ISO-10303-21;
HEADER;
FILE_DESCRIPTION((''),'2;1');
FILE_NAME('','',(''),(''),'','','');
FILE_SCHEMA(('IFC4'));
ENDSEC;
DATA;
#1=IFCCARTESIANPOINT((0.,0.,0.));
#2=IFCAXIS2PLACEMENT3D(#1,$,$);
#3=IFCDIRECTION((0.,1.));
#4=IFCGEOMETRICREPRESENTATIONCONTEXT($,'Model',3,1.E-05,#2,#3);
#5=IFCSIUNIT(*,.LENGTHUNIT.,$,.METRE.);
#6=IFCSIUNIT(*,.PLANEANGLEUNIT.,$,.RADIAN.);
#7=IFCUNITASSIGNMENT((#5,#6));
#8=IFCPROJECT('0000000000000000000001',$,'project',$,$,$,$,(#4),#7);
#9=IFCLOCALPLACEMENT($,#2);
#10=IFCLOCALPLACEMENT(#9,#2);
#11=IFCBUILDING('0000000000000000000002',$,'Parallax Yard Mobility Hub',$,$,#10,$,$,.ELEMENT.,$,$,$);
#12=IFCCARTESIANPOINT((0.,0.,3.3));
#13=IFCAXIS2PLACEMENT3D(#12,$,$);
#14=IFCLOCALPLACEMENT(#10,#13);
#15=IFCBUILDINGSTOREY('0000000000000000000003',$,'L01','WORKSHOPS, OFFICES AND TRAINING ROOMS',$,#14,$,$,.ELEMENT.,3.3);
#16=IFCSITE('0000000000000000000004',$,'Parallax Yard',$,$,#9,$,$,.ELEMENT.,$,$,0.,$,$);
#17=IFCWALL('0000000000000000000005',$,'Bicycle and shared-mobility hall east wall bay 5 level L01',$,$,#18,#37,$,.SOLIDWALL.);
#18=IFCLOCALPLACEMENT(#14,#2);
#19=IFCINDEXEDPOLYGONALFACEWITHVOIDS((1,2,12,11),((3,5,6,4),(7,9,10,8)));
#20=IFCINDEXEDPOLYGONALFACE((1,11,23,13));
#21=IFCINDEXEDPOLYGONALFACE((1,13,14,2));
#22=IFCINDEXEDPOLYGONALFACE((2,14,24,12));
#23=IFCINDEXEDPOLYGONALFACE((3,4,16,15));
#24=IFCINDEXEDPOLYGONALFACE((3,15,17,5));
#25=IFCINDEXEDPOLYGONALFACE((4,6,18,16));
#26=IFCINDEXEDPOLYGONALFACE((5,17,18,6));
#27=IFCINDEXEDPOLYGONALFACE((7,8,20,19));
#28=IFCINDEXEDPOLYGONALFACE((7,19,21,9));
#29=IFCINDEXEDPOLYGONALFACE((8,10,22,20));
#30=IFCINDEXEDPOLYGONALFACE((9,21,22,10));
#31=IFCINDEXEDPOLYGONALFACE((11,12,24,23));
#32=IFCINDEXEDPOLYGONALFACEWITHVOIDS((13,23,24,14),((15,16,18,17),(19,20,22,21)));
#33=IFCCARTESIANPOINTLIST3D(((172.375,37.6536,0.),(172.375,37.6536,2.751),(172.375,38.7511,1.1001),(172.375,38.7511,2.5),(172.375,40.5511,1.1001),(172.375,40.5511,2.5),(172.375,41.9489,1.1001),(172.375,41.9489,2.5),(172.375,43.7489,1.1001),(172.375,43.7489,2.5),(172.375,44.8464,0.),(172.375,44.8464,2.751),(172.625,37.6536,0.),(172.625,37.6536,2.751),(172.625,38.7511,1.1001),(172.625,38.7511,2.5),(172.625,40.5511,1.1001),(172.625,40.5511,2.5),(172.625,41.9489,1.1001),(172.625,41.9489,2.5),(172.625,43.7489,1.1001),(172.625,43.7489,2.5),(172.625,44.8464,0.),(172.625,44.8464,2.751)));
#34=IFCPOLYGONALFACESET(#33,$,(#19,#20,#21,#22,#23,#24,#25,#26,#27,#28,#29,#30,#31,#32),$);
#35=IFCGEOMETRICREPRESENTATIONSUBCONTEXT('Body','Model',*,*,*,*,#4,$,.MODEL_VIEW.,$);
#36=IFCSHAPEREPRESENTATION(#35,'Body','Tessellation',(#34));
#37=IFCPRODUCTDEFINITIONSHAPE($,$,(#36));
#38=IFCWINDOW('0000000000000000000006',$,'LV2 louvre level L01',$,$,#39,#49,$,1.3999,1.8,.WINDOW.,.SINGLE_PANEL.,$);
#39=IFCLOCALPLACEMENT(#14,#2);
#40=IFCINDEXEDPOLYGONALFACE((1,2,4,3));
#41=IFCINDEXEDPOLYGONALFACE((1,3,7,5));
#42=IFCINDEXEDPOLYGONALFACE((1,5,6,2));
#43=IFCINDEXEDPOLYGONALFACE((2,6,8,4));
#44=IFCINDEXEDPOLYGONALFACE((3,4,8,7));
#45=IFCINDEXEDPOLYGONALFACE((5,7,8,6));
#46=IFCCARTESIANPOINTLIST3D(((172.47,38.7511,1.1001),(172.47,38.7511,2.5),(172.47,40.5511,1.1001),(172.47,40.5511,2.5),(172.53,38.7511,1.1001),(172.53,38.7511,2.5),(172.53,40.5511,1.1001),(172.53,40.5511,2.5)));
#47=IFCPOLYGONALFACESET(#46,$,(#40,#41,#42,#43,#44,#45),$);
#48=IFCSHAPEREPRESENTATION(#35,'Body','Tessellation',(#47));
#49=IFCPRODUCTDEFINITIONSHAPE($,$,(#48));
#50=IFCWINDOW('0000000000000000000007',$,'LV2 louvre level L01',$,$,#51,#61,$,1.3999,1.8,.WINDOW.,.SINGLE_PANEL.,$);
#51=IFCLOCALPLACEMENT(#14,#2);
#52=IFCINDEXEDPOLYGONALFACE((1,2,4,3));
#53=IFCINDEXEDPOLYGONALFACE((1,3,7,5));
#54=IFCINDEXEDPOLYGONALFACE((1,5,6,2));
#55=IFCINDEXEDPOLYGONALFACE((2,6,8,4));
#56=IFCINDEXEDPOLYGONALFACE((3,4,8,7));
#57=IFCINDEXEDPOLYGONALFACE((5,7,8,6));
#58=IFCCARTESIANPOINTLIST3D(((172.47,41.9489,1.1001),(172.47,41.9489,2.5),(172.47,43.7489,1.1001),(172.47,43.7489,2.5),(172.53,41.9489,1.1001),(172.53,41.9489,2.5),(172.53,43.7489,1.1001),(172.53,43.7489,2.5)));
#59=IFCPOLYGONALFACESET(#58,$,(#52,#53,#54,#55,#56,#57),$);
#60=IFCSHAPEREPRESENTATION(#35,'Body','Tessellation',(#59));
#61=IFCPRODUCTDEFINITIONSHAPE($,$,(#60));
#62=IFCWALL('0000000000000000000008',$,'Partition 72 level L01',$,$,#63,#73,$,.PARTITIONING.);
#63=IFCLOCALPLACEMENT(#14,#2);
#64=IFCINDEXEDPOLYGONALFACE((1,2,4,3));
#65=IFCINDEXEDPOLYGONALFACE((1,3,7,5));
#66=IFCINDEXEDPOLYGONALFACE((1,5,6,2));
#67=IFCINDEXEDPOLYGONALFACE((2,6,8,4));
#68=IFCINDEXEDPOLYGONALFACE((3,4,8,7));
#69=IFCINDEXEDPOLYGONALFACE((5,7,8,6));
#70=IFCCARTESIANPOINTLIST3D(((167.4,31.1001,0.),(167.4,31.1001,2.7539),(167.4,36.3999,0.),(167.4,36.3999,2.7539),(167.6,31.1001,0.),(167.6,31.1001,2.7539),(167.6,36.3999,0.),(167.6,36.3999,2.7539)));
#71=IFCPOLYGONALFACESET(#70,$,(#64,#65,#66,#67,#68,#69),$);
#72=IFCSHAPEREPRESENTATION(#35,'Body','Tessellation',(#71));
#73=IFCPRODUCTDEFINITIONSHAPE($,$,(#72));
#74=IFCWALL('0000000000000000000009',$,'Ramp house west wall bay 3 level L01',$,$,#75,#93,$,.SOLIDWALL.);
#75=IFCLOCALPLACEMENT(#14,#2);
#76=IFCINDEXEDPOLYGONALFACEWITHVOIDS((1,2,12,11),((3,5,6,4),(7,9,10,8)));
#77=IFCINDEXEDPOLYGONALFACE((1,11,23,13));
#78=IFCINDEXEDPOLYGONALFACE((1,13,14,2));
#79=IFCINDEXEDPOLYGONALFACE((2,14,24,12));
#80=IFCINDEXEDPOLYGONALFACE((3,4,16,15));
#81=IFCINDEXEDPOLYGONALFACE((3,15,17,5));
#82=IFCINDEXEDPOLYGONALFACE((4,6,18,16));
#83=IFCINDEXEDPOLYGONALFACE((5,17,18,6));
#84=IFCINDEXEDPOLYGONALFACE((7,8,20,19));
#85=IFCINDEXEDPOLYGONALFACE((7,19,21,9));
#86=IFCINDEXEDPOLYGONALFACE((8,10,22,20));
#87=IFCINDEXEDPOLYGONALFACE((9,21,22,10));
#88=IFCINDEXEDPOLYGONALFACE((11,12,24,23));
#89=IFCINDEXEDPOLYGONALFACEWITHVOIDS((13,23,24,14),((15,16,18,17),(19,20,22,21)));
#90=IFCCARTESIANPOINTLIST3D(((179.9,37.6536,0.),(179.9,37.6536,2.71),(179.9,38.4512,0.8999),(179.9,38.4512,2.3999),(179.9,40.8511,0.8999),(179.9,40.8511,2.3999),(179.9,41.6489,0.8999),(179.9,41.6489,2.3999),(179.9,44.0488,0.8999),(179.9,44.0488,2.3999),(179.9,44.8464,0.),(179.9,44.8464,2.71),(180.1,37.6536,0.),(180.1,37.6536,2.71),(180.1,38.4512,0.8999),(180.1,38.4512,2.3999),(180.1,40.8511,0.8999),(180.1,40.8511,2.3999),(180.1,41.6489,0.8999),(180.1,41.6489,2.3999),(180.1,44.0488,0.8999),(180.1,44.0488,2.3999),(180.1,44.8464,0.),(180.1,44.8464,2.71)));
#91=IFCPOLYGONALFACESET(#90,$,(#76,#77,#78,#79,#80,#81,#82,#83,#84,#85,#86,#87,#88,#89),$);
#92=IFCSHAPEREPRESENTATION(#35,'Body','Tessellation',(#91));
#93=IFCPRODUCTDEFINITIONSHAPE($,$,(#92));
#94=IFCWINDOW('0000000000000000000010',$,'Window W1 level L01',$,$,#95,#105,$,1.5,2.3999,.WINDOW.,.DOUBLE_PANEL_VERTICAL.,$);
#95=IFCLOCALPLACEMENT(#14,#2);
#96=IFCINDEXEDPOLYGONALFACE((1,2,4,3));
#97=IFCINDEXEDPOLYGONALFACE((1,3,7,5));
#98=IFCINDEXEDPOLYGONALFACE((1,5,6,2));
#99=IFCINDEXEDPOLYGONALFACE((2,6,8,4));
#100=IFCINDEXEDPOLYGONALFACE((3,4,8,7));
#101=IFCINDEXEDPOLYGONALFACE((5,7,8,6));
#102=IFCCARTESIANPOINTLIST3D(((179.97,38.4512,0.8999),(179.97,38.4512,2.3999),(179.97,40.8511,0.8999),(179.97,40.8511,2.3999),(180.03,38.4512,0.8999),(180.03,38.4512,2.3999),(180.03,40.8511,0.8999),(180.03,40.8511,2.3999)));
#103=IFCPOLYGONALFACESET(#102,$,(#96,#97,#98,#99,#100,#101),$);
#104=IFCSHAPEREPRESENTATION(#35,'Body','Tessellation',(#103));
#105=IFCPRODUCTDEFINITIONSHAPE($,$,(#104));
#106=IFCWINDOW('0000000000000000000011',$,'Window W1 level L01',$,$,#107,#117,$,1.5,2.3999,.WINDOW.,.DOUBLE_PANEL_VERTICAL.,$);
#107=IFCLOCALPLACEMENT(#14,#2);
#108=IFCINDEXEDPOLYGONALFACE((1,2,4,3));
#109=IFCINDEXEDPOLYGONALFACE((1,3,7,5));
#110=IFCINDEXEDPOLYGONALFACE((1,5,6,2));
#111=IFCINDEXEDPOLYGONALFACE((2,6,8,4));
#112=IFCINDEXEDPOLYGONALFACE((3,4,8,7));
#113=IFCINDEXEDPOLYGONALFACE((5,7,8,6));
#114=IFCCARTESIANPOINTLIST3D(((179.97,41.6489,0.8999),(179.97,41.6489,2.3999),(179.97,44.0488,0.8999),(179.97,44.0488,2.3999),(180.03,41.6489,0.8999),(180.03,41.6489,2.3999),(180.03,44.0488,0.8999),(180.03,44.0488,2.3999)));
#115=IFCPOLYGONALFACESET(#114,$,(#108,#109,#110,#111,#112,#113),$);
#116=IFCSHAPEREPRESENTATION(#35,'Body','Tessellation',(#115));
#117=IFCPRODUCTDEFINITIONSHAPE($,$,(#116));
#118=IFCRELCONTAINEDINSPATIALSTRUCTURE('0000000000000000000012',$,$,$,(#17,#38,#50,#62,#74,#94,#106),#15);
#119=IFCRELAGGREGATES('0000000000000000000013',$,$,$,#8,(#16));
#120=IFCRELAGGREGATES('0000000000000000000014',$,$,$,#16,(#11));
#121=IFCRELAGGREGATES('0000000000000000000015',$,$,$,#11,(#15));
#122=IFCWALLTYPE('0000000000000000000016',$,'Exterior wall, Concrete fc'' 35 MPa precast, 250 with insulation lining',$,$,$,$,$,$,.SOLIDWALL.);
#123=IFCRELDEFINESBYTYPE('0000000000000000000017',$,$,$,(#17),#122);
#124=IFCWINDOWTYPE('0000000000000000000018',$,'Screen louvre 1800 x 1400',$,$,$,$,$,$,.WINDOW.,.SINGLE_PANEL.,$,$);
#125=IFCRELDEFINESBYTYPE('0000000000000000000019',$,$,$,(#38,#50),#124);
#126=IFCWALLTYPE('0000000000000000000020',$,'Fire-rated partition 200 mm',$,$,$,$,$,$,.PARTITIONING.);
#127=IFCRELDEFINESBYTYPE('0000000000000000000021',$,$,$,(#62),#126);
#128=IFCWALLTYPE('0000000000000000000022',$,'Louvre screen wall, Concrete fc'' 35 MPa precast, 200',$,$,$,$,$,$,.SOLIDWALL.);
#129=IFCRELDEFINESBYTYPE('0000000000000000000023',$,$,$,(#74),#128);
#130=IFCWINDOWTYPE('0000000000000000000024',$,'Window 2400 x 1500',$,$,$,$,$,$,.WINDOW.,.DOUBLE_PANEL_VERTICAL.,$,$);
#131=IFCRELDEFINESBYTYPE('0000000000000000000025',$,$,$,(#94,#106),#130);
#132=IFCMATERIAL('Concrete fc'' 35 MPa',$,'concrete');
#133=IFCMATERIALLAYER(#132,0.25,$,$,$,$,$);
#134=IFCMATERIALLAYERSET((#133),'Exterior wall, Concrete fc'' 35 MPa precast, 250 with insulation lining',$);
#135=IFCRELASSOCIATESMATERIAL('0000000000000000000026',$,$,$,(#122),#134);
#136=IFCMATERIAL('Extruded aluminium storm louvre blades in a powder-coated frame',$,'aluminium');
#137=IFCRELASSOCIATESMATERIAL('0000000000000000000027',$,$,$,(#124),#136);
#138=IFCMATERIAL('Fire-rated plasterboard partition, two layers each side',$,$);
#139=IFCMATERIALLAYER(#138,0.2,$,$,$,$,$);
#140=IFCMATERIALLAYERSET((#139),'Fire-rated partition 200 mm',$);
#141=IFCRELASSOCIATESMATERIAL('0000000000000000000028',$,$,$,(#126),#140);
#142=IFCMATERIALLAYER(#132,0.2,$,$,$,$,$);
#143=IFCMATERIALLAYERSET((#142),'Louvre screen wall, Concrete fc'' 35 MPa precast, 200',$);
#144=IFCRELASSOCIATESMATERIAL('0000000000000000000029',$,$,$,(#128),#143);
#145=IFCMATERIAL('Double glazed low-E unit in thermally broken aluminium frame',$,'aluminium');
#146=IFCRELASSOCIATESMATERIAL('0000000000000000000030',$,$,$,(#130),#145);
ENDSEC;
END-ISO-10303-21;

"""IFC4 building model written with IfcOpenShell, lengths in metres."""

from ifc_helpers import new_model, si_unit, direction, frame, frame_2d, origin, place, context, subcontext, project, spatial, rectangle, extrude, material, layer, layer_set, type_object, element, fill, save


model = new_model("IFC4")

# Units and contexts
model_context = context("Model", 3, precision=1e-05, world=origin(), true_north=direction((0.0, 1.0)))
body_context = subcontext(model_context, "Body", "Model", "MODEL_VIEW")
ifc_project = project(units=[si_unit("LENGTHUNIT", "METRE"), si_unit("PLANEANGLEUNIT", "RADIAN")], contexts=[model_context])

# Site, building, storey
site_placement = place(None, origin())
site = spatial("IfcSite", under=ifc_project, at=site_placement, Name="Parallax Yard", CompositionType="ELEMENT", RefElevation=0.0)
building_placement = place(site_placement, origin())
building = spatial("IfcBuilding", under=site, at=building_placement, Name="Parallax Yard Mobility Hub", CompositionType="ELEMENT")
storey_placement = place(building_placement, frame((0.0, 0.0, 3.3)))
storey = spatial("IfcBuildingStorey", under=building, at=storey_placement, Name="L01", Description="WORKSHOPS, OFFICES AND TRAINING ROOMS", CompositionType="ELEMENT", Elevation=3.3)

# Wall, openings, windows
ifc_material_1 = material(Name="Concrete fc' 35 MPa", Category="concrete")
ifc_layer_1 = layer(ifc_material_1, 0.25)
ifc_layer_set_1 = layer_set([ifc_layer_1], Name="Exterior wall, Concrete fc' 35 MPa precast, 250 with insulation lining")
wall_type_1 = type_object("IfcWallType", Name="Exterior wall, Concrete fc' 35 MPa precast, 250 with insulation lining", PredefinedType="SOLIDWALL", material=ifc_layer_set_1)
wall_1_placement = place(storey_placement, frame((172.5, 37.6536, 0.0), z_axis=(0.0, 0.0, 1.0), x_axis=(0.0, 1.0, 0.0)))
wall_1 = element("IfcWall", 1, at=wall_1_placement, inside=storey, type_object=wall_type_1, Name="Bicycle and shared-mobility hall east wall bay 5 level L01", PredefinedType="SOLIDWALL", context=body_context, shape_type="SweptSolid", body=[
    extrude(rectangle(XDim=7.1929, YDim=0.25, at=frame_2d((3.5964, 0.0))), origin(), (0.0, 0.0, 1.0), 2.751),
])
opening_1_placement = place(wall_1_placement, frame((1.0977, 0.0, 1.1001)))
opening_1 = element("IfcOpeningElement", 2, at=opening_1_placement, cuts=wall_1, PredefinedType="OPENING", context=body_context, shape_type="SweptSolid", body=[
    extrude(rectangle(XDim=1.8, YDim=1.3999, at=frame_2d((0.8999, 0.7))), frame((0.0, 0.135, 0.0), z_axis=(0.0, -1.0, 0.0), x_axis=(1.0, 0.0, 0.0)), (0.0, 0.0, 1.0), 0.27),
])
opening_2_placement = place(wall_1_placement, frame((4.2954, 0.0, 1.1001)))
opening_2 = element("IfcOpeningElement", 3, at=opening_2_placement, cuts=wall_1, PredefinedType="OPENING", context=body_context, shape_type="SweptSolid", body=[
    extrude(rectangle(XDim=1.8, YDim=1.3999, at=frame_2d((0.8999, 0.7))), frame((0.0, 0.135, 0.0), z_axis=(0.0, -1.0, 0.0), x_axis=(1.0, 0.0, 0.0)), (0.0, 0.0, 1.0), 0.27),
])
ifc_material_2 = material(Name="Extruded aluminium storm louvre blades in a powder-coated frame", Category="aluminium")
window_type_1 = type_object("IfcWindowType", Name="Screen louvre 1800 x 1400", PartitioningType="SINGLE_PANEL", PredefinedType="WINDOW", material=ifc_material_2)
window_1_placement = place(opening_1_placement, origin())
window_1 = element("IfcWindow", 4, at=window_1_placement, inside=storey, type_object=window_type_1, Name="LV2 louvre level L01", OverallHeight=1.3999, OverallWidth=1.8, PartitioningType="SINGLE_PANEL", PredefinedType="WINDOW", context=body_context, shape_type="SweptSolid", body=[
    extrude(rectangle(XDim=1.8, YDim=1.3999, at=frame_2d((0.8999, 0.7))), frame((0.0, 0.03, 0.0), z_axis=(0.0, -1.0, 0.0), x_axis=(1.0, 0.0, 0.0)), (0.0, 0.0, 1.0), 0.0601),
])
fill(opening_1, window_1)
window_2_placement = place(opening_2_placement, origin())
window_2 = element("IfcWindow", 5, at=window_2_placement, inside=storey, type_object=window_type_1, Name="LV2 louvre level L01", OverallHeight=1.3999, OverallWidth=1.8, PartitioningType="SINGLE_PANEL", PredefinedType="WINDOW", context=body_context, shape_type="SweptSolid", body=[
    extrude(rectangle(XDim=1.8, YDim=1.3999, at=frame_2d((0.8999, 0.7))), frame((0.0, 0.03, 0.0), z_axis=(0.0, -1.0, 0.0), x_axis=(1.0, 0.0, 0.0)), (0.0, 0.0, 1.0), 0.0601),
])
fill(opening_2, window_2)

# Wall
ifc_material_3 = material(Name="Fire-rated plasterboard partition, two layers each side")
ifc_layer_2 = layer(ifc_material_3, 0.2)
ifc_layer_set_2 = layer_set([ifc_layer_2], Name="Fire-rated partition 200 mm")
wall_type_2 = type_object("IfcWallType", Name="Fire-rated partition 200 mm", PredefinedType="PARTITIONING", material=ifc_layer_set_2)
wall_2_placement = place(storey_placement, frame((167.5, 31.1001, 0.0), z_axis=(0.0, 0.0, 1.0), x_axis=(0.0, 1.0, 0.0)))
element("IfcWall", 6, at=wall_2_placement, inside=storey, type_object=wall_type_2, Name="Partition 72 level L01", PredefinedType="PARTITIONING", context=body_context, shape_type="SweptSolid", body=[
    extrude(rectangle(XDim=5.2998, YDim=0.2, at=frame_2d((2.6499, 0.0))), origin(), (0.0, 0.0, 1.0), 2.7539),
])

# Wall, openings, windows
ifc_layer_3 = layer(ifc_material_1, 0.2)
ifc_layer_set_3 = layer_set([ifc_layer_3], Name="Louvre screen wall, Concrete fc' 35 MPa precast, 200")
wall_type_3 = type_object("IfcWallType", Name="Louvre screen wall, Concrete fc' 35 MPa precast, 200", PredefinedType="SOLIDWALL", material=ifc_layer_set_3)
wall_3_placement = place(storey_placement, frame((180.0, 37.6536, 0.0), z_axis=(0.0, 0.0, 1.0), x_axis=(0.0, 1.0, 0.0)))
wall_3 = element("IfcWall", 7, at=wall_3_placement, inside=storey, type_object=wall_type_3, Name="Ramp house west wall bay 3 level L01", PredefinedType="SOLIDWALL", context=body_context, shape_type="SweptSolid", body=[
    extrude(rectangle(XDim=7.1929, YDim=0.2, at=frame_2d((3.5964, 0.0))), origin(), (0.0, 0.0, 1.0), 2.71),
])
opening_3_placement = place(wall_3_placement, frame((0.7976, 0.0, 0.8999)))
opening_3 = element("IfcOpeningElement", 8, at=opening_3_placement, cuts=wall_3, PredefinedType="OPENING", context=body_context, shape_type="SweptSolid", body=[
    extrude(rectangle(XDim=2.3999, YDim=1.5, at=frame_2d((1.2, 0.75))), frame((0.0, 0.1099, 0.0), z_axis=(0.0, -1.0, 0.0), x_axis=(1.0, 0.0, 0.0)), (0.0, 0.0, 1.0), 0.22),
])
opening_4_placement = place(wall_3_placement, frame((3.9954, 0.0, 0.8999)))
opening_4 = element("IfcOpeningElement", 9, at=opening_4_placement, cuts=wall_3, PredefinedType="OPENING", context=body_context, shape_type="SweptSolid", body=[
    extrude(rectangle(XDim=2.3999, YDim=1.5, at=frame_2d((1.2, 0.75))), frame((0.0, 0.1099, 0.0), z_axis=(0.0, -1.0, 0.0), x_axis=(1.0, 0.0, 0.0)), (0.0, 0.0, 1.0), 0.22),
])
ifc_material_4 = material(Name="Double glazed low-E unit in thermally broken aluminium frame", Category="aluminium")
window_type_2 = type_object("IfcWindowType", Name="Window 2400 x 1500", PartitioningType="DOUBLE_PANEL_VERTICAL", PredefinedType="WINDOW", material=ifc_material_4)
window_3_placement = place(opening_3_placement, origin())
window_3 = element("IfcWindow", 10, at=window_3_placement, inside=storey, type_object=window_type_2, Name="Window W1 level L01", OverallHeight=1.5, OverallWidth=2.3999, PartitioningType="DOUBLE_PANEL_VERTICAL", PredefinedType="WINDOW", context=body_context, shape_type="SweptSolid", body=[
    extrude(rectangle(XDim=2.3999, YDim=1.5, at=frame_2d((1.2, 0.75))), frame((0.0, 0.03, 0.0), z_axis=(0.0, -1.0, 0.0), x_axis=(1.0, 0.0, 0.0)), (0.0, 0.0, 1.0), 0.0601),
])
fill(opening_3, window_3)
window_4_placement = place(opening_4_placement, origin())
window_4 = element("IfcWindow", 11, at=window_4_placement, inside=storey, type_object=window_type_2, Name="Window W1 level L01", OverallHeight=1.5, OverallWidth=2.3999, PartitioningType="DOUBLE_PANEL_VERTICAL", PredefinedType="WINDOW", context=body_context, shape_type="SweptSolid", body=[
    extrude(rectangle(XDim=2.3999, YDim=1.5, at=frame_2d((1.2, 0.75))), frame((0.0, 0.03, 0.0), z_axis=(0.0, -1.0, 0.0), x_axis=(1.0, 0.0, 0.0)), (0.0, 0.0, 1.0), 0.0601),
])
fill(opening_4, window_4)

save(model, "model.ifc")
